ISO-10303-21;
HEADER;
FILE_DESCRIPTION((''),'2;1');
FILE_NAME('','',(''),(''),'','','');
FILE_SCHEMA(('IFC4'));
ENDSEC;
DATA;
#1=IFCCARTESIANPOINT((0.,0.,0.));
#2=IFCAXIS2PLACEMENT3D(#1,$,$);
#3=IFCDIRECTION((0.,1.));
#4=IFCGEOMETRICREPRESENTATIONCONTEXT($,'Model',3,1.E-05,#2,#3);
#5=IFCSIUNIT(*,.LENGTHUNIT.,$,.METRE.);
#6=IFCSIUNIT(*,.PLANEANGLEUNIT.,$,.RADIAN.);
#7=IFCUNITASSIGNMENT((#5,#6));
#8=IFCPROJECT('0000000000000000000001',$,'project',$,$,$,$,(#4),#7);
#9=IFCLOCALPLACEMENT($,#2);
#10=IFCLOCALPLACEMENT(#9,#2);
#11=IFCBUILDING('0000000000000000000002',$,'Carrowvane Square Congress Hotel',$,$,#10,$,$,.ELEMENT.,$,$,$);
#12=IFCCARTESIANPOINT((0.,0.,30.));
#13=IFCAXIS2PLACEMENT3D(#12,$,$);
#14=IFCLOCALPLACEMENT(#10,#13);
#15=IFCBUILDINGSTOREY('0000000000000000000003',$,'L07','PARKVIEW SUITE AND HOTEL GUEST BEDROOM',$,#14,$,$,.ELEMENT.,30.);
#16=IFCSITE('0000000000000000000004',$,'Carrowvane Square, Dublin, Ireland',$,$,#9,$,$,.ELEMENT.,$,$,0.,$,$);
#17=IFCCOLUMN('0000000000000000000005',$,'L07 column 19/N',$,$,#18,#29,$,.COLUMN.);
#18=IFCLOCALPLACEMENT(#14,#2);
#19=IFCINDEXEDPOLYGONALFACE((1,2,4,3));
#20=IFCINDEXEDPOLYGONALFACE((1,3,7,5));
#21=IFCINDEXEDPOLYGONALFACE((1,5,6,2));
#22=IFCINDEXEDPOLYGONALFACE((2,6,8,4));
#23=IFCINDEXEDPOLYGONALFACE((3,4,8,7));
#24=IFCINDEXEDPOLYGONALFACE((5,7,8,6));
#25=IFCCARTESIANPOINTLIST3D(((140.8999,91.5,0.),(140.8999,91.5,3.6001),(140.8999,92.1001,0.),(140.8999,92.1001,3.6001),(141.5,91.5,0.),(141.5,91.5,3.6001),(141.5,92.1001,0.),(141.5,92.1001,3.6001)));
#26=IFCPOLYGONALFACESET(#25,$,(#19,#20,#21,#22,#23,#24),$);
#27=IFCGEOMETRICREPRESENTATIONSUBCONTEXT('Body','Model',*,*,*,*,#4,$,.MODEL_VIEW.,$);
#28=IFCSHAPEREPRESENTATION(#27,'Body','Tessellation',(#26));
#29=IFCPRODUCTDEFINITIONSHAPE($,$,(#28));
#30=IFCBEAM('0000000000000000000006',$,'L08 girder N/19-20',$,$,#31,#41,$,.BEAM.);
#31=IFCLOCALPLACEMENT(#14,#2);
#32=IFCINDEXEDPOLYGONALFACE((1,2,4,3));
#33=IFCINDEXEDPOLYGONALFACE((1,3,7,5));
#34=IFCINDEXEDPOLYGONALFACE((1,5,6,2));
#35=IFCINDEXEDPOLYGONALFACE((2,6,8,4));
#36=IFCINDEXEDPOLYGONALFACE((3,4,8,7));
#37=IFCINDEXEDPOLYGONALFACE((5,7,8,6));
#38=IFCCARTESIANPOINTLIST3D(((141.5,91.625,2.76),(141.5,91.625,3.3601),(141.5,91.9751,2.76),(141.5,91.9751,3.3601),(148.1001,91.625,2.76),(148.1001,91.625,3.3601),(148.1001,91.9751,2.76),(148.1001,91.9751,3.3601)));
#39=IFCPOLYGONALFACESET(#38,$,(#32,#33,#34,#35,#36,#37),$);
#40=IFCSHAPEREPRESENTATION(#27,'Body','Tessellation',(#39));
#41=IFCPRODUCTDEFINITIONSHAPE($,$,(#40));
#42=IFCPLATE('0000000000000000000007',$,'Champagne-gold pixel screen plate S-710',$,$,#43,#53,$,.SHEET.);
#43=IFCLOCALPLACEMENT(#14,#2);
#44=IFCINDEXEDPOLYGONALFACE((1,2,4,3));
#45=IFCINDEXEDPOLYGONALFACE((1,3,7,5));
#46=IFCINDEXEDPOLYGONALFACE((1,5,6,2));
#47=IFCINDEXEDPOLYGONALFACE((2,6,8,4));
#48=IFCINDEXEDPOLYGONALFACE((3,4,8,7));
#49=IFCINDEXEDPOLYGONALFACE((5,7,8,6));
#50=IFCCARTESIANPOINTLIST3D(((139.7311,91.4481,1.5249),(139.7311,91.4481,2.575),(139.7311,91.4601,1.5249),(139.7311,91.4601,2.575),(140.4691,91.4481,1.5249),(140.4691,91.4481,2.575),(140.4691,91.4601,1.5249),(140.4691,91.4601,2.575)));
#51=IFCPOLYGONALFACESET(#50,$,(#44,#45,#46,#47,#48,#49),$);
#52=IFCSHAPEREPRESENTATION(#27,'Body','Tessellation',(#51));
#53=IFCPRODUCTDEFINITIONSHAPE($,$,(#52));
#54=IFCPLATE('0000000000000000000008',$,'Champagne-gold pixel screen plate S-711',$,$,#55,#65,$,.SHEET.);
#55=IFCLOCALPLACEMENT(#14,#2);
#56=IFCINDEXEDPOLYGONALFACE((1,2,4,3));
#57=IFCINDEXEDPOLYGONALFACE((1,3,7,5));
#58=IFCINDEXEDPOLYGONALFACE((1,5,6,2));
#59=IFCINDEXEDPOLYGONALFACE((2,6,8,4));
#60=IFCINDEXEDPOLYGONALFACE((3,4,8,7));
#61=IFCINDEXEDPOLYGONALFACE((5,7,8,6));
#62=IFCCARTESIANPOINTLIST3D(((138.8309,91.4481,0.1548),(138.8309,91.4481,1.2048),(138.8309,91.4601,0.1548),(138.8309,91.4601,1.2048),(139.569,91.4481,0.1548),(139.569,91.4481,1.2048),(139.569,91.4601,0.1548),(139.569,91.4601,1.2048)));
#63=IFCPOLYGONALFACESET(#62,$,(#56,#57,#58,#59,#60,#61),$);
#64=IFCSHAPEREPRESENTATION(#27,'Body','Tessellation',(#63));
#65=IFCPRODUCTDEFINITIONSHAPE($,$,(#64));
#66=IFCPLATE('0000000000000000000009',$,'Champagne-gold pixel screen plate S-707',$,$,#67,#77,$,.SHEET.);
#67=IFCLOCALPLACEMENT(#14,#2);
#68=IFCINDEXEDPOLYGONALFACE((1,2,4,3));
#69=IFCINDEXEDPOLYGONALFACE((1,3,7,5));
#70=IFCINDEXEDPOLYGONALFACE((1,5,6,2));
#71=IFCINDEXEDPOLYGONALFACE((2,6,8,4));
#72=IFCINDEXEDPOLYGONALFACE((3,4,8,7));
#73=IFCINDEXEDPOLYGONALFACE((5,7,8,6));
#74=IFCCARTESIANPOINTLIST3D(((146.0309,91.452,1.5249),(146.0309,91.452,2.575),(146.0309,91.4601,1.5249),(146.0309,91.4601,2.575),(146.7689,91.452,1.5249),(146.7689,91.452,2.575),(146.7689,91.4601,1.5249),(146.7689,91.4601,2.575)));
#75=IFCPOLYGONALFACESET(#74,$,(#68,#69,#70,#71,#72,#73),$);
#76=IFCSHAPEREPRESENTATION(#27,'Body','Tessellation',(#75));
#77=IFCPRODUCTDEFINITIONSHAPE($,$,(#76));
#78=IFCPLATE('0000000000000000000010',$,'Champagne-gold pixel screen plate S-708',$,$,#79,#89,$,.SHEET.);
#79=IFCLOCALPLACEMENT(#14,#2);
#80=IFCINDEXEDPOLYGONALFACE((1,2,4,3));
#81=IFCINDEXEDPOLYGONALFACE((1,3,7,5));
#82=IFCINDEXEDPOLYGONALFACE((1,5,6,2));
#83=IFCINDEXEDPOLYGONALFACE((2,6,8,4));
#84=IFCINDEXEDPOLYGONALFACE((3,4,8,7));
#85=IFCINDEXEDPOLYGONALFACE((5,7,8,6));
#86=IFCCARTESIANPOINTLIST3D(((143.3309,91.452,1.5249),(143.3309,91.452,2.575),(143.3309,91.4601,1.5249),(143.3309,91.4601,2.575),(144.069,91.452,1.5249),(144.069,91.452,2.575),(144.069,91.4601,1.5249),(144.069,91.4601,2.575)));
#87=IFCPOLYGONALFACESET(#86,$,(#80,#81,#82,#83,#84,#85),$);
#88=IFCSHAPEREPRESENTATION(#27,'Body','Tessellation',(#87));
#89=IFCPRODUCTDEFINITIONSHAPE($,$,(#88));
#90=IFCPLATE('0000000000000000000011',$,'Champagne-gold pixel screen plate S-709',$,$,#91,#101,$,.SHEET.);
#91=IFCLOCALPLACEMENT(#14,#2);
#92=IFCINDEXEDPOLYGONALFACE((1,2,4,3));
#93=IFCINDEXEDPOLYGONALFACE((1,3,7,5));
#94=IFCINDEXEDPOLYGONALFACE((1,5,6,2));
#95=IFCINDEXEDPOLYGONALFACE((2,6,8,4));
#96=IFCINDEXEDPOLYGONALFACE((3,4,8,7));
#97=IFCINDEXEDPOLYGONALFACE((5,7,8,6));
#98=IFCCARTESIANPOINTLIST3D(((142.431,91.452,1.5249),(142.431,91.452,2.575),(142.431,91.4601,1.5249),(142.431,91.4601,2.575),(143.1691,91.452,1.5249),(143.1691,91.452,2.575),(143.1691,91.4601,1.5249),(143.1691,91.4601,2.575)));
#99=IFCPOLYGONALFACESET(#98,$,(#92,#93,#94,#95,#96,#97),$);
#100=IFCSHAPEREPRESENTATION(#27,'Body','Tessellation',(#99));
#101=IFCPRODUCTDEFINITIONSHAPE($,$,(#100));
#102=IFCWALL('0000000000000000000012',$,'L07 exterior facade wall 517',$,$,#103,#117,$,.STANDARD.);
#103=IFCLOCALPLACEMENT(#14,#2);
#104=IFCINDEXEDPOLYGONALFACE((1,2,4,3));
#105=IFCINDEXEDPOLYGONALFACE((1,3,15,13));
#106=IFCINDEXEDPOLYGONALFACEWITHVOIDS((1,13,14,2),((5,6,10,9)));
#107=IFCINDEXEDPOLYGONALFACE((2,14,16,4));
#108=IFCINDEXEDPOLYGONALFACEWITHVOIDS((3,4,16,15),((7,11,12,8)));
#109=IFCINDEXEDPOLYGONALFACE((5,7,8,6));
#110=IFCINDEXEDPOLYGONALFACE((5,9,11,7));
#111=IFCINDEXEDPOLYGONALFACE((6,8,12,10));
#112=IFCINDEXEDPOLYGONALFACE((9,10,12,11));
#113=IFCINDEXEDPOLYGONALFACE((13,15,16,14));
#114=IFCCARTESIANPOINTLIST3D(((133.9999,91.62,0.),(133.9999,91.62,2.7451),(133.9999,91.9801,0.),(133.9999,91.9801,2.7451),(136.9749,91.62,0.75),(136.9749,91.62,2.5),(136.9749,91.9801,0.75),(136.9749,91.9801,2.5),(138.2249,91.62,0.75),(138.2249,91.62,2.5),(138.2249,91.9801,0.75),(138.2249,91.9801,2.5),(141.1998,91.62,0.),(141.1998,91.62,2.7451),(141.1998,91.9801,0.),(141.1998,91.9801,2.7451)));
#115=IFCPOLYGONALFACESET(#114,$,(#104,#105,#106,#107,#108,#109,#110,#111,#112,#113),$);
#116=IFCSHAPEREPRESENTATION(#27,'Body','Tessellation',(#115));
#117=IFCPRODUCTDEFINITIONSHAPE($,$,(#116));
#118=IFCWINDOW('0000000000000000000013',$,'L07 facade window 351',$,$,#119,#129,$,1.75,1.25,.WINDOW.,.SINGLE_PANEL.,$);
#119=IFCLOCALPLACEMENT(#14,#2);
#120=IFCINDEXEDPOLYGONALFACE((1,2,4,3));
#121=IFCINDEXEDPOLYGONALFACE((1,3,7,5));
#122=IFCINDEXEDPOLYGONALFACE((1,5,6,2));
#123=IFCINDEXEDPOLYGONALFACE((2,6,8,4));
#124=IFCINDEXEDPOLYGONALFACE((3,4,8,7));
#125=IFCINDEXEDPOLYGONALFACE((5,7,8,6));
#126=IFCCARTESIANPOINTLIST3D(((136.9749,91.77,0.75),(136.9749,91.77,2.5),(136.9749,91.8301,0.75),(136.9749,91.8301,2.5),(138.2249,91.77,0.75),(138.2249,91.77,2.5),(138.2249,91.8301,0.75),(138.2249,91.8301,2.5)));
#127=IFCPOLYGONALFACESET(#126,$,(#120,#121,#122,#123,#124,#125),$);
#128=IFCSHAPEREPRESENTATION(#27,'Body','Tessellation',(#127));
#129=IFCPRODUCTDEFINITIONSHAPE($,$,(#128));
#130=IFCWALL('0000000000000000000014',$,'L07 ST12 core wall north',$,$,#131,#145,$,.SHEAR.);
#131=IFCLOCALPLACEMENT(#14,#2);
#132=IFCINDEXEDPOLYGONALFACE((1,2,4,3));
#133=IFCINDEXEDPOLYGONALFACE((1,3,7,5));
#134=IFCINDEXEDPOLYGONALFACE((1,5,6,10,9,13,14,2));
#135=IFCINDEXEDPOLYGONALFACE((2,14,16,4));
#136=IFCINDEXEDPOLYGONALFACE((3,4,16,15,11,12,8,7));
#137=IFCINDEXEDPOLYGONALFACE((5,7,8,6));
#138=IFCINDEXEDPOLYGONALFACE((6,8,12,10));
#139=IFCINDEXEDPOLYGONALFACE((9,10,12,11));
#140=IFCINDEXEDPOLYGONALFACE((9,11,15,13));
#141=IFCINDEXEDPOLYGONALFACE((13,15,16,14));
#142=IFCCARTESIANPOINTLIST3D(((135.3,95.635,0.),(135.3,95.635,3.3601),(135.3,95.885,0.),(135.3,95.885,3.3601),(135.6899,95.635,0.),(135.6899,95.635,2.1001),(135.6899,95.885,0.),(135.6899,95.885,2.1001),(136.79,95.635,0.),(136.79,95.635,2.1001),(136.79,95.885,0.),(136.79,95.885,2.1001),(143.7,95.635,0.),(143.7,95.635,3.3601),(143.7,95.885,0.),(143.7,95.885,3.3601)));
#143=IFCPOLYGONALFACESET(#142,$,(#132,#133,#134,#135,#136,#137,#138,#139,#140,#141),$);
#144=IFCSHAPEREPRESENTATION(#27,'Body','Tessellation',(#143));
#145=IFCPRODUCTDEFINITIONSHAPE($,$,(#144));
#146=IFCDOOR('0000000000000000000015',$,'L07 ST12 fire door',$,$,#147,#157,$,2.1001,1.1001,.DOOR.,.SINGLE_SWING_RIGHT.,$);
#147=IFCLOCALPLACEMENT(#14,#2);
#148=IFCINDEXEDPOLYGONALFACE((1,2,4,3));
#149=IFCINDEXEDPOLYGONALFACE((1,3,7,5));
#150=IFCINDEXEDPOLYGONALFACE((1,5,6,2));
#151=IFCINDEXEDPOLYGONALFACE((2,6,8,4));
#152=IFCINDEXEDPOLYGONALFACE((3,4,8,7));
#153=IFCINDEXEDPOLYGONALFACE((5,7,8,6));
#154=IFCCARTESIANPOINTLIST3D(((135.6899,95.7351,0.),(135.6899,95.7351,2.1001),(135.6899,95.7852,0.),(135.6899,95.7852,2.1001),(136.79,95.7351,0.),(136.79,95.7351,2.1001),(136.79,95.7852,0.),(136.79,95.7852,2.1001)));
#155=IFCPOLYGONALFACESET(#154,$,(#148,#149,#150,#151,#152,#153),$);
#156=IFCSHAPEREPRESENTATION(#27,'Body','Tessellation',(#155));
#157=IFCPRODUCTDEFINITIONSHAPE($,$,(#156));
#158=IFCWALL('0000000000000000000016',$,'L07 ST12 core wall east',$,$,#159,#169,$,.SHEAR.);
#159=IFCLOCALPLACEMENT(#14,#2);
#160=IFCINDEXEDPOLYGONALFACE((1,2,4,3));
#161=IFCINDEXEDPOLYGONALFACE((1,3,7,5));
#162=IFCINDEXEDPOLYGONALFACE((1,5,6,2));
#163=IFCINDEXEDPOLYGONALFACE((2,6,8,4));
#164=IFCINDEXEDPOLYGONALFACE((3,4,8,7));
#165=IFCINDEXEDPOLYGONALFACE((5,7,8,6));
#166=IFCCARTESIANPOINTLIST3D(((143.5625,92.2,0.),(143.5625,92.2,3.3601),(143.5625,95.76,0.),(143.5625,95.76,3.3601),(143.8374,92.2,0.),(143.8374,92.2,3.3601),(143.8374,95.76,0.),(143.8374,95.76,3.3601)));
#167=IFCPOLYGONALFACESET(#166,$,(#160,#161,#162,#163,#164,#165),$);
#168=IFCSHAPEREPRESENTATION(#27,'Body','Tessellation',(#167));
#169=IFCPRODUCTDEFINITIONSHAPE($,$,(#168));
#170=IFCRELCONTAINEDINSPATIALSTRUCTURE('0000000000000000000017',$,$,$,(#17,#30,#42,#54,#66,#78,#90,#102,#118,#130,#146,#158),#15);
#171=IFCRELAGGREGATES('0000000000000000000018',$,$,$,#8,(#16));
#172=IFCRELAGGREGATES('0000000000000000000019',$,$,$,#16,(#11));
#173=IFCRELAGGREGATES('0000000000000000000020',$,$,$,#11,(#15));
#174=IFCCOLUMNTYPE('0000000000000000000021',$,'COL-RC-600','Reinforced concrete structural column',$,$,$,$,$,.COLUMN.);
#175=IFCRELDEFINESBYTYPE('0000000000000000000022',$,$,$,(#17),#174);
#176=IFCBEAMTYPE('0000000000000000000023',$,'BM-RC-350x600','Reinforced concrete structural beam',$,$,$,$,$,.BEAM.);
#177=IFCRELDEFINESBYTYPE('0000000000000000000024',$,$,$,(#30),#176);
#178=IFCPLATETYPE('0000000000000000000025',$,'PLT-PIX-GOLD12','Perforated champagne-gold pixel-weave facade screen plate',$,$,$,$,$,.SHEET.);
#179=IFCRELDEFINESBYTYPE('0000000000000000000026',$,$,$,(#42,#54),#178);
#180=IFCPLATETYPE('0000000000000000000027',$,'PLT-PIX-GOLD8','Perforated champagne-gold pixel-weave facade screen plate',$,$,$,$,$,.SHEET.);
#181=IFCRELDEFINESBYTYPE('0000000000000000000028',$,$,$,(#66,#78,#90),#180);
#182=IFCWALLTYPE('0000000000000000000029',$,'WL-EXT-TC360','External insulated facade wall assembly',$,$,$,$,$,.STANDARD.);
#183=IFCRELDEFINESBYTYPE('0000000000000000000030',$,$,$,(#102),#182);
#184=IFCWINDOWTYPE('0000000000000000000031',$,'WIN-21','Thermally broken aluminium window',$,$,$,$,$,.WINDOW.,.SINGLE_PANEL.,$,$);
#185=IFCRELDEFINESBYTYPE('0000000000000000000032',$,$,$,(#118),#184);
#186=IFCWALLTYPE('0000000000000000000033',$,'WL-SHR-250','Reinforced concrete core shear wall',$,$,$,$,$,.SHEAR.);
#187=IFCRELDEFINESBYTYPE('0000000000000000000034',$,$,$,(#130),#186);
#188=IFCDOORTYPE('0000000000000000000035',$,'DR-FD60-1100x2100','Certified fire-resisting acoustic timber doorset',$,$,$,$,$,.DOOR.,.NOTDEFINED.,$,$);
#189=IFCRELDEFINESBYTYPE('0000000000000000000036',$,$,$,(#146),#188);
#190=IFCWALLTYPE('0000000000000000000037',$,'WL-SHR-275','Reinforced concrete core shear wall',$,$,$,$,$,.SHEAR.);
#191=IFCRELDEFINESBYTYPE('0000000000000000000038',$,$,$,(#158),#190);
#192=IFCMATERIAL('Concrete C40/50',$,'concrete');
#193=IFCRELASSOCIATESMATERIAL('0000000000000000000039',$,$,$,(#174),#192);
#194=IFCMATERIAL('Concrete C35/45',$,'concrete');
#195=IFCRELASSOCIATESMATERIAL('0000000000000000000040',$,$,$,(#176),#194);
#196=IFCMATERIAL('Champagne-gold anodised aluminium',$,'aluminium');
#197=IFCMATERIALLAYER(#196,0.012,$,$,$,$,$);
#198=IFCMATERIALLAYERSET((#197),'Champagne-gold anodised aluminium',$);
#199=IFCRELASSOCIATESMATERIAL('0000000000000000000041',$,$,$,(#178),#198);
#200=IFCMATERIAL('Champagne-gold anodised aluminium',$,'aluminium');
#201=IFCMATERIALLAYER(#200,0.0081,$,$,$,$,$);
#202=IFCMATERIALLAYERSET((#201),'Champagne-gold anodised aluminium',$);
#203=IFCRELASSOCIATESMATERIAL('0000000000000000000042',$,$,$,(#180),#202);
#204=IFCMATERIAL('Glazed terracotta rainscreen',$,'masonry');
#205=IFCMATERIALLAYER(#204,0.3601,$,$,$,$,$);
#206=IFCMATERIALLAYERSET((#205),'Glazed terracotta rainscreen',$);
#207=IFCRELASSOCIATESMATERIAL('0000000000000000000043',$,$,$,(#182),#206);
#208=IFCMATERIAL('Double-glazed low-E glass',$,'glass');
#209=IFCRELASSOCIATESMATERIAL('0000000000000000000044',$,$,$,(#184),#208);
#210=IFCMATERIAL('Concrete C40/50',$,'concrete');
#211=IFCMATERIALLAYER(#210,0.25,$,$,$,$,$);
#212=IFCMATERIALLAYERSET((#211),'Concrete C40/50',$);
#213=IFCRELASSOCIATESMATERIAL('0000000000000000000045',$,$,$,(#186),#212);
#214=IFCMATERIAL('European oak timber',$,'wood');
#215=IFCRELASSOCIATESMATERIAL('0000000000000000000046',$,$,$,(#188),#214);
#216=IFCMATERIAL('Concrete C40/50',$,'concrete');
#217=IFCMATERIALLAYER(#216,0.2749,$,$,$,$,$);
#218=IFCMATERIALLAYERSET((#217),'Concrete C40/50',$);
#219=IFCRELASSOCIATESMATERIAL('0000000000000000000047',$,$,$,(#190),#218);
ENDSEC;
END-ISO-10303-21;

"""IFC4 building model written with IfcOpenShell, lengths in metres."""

from ifc_helpers import new_model, si_unit, direction, frame, frame_2d, origin, origin_2d, place, context, subcontext, project, spatial, rectangle, extrude, material, layer, layer_set, material_profile, profile_set, type_object, element, fill, save


model = new_model("IFC4")

# Units and contexts
model_context = context("Model", 3, precision=1e-05, world=origin(), true_north=direction((0.0, 1.0)))
body_context = subcontext(model_context, "Body", "Model", "MODEL_VIEW")
ifc_project = project(units=[si_unit("LENGTHUNIT", "METRE"), si_unit("PLANEANGLEUNIT", "RADIAN")], contexts=[model_context])

# Site, building, storey
site_placement = place(None, origin())
site = spatial("IfcSite", under=ifc_project, at=site_placement, Name="Carrowvane Square, Dublin, Ireland", CompositionType="ELEMENT", RefElevation=0.0)
building_placement = place(site_placement, origin())
building = spatial("IfcBuilding", under=site, at=building_placement, Name="Carrowvane Square Congress Hotel", CompositionType="ELEMENT")
storey_placement = place(building_placement, frame((0.0, 0.0, 30.0)))
storey = spatial("IfcBuildingStorey", under=building, at=storey_placement, Name="L07", Description="PARKVIEW SUITE AND HOTEL GUEST BEDROOM", CompositionType="ELEMENT", Elevation=30.0)

# Column
ifc_material_1 = material(Name="Concrete C40/50", Category="concrete")
ifc_material_profile_1 = material_profile(ifc_material_1, rectangle(XDim=0.6001, YDim=0.6001, at=origin_2d()), Name="RC 600x600")
ifc_profile_set_1 = profile_set([ifc_material_profile_1], Name="Concrete C40/50")
column_type = type_object("IfcColumnType", Name="COL-RC-600", Description="Reinforced concrete structural column", PredefinedType="COLUMN", material=ifc_profile_set_1)
column_placement = place(storey_placement, frame((141.2, 91.8, 0.0), z_axis=(0.0, 0.0, 1.0), x_axis=(1.0, 0.0, 0.0)))
element("IfcColumn", 1, at=column_placement, inside=storey, type_object=column_type, Name="L07 column 19/N", PredefinedType="COLUMN", context=body_context, shape_type="SweptSolid", body=[
    extrude(rectangle(XDim=0.6001, YDim=0.6001, at=origin_2d()), origin(), (0.0, 0.0, 1.0), 3.6001),
])

# Beam
ifc_material_2 = material(Name="Concrete C35/45", Category="concrete")
ifc_material_profile_2 = material_profile(ifc_material_2, rectangle(XDim=0.3501, YDim=0.6001, at=origin_2d()), Name="RC 350x600")
ifc_profile_set_2 = profile_set([ifc_material_profile_2], Name="Concrete C35/45")
beam_type = type_object("IfcBeamType", Name="BM-RC-350x600", Description="Reinforced concrete structural beam", PredefinedType="BEAM", material=ifc_profile_set_2)
beam_placement = place(storey_placement, frame((141.5, 91.8, 3.0601), z_axis=(1.0, 0.0, 0.0), x_axis=(0.0, 1.0, 0.0)))
element("IfcBeam", 2, at=beam_placement, inside=storey, type_object=beam_type, Name="L08 girder N/19-20", PredefinedType="BEAM", context=body_context, shape_type="SweptSolid", body=[
    extrude(rectangle(XDim=0.3501, YDim=0.6001, at=origin_2d()), origin(), (0.0, 0.0, 1.0), 6.6001),
])

# Plates
ifc_material_3 = material(Name="Champagne-gold anodised aluminium", Category="aluminium")
ifc_layer_1 = layer(ifc_material_3, 0.012)
ifc_layer_set_1 = layer_set([ifc_layer_1], Name="Champagne-gold anodised aluminium")
plate_type_1 = type_object("IfcPlateType", Name="PLT-PIX-GOLD12", Description="Perforated champagne-gold pixel-weave facade screen plate", PredefinedType="SHEET", material=ifc_layer_set_1)
for number, where, z_axis, x_axis, name in (
    (3, (140.1001, 91.4541, 1.5249), (0.0, 0.0, 1.0), (-1.0, 0.0, 0.0), "Champagne-gold pixel screen plate S-710"),
    (4, (139.2, 91.4541, 0.1548), (0.0, 0.0, 1.0), (-1.0, 0.0, 0.0), "Champagne-gold pixel screen plate S-711"),
):
    element("IfcPlate", number, at=place(storey_placement, frame(where, z_axis=z_axis, x_axis=x_axis)), inside=storey, type_object=plate_type_1, Name=name, PredefinedType="SHEET", context=body_context, shape_type="SweptSolid", body=[
        extrude(rectangle(XDim=0.738, YDim=0.012, at=origin_2d()), origin(), (0.0, 0.0, 1.0), 1.05),
    ])
ifc_material_4 = material(Name="Champagne-gold anodised aluminium", Category="aluminium")
ifc_layer_2 = layer(ifc_material_4, 0.0081)
ifc_layer_set_2 = layer_set([ifc_layer_2], Name="Champagne-gold anodised aluminium")
plate_type_2 = type_object("IfcPlateType", Name="PLT-PIX-GOLD8", Description="Perforated champagne-gold pixel-weave facade screen plate", PredefinedType="SHEET", material=ifc_layer_set_2)
for number, where, z_axis, x_axis, name in (
    (5, (146.3999, 91.4561, 1.5249), (0.0, 0.0, 1.0), (-1.0, 0.0, 0.0), "Champagne-gold pixel screen plate S-707"),
    (6, (143.7, 91.4561, 1.5249), (0.0, 0.0, 1.0), (-1.0, 0.0, 0.0), "Champagne-gold pixel screen plate S-708"),
    (7, (142.8, 91.4561, 1.5249), (0.0, 0.0, 1.0), (-1.0, 0.0, 0.0), "Champagne-gold pixel screen plate S-709"),
):
    element("IfcPlate", number, at=place(storey_placement, frame(where, z_axis=z_axis, x_axis=x_axis)), inside=storey, type_object=plate_type_2, Name=name, PredefinedType="SHEET", context=body_context, shape_type="SweptSolid", body=[
        extrude(rectangle(XDim=0.738, YDim=0.0081, at=origin_2d()), origin(), (0.0, 0.0, 1.0), 1.05),
    ])

# Wall, opening, window
ifc_material_5 = material(Name="Glazed terracotta rainscreen", Category="masonry")
ifc_layer_3 = layer(ifc_material_5, 0.3601)
ifc_layer_set_3 = layer_set([ifc_layer_3], Name="Glazed terracotta rainscreen")
wall_type_1 = type_object("IfcWallType", Name="WL-EXT-TC360", Description="External insulated facade wall assembly", PredefinedType="STANDARD", material=ifc_layer_set_3)
wall_1_placement = place(storey_placement, frame((141.2, 91.8, 0.0), z_axis=(0.0, 0.0, 1.0), x_axis=(-1.0, 0.0, 0.0)))
wall_1 = element("IfcWall", 8, at=wall_1_placement, inside=storey, type_object=wall_type_1, Name="L07 exterior facade wall 517", PredefinedType="STANDARD", context=body_context, shape_type="SweptSolid", body=[
    extrude(rectangle(XDim=7.2, YDim=0.3601, at=frame_2d((3.6001, 0.0))), origin(), (0.0, 0.0, 1.0), 2.7451),
])
opening_1_placement = place(wall_1_placement, frame((2.9751, 0.0, 0.75)))
opening_1 = element("IfcOpeningElement", 9, at=opening_1_placement, cuts=wall_1, PredefinedType="OPENING", context=body_context, shape_type="SweptSolid", body=[
    extrude(rectangle(XDim=1.25, YDim=1.75, at=frame_2d((0.625, 0.875))), frame((0.0, 0.1899, 0.0), z_axis=(0.0, -1.0, 0.0), x_axis=(1.0, 0.0, 0.0)), (0.0, 0.0, 1.0), 0.3801),
])
ifc_material_6 = material(Name="Double-glazed low-E glass", Category="glass")
window_type = type_object("IfcWindowType", Name="WIN-21", Description="Thermally broken aluminium window", PartitioningType="SINGLE_PANEL", PredefinedType="WINDOW", material=ifc_material_6)
window_placement = place(opening_1_placement, origin())
window = element("IfcWindow", 10, at=window_placement, inside=storey, type_object=window_type, Name="L07 facade window 351", OverallHeight=1.75, OverallWidth=1.25, PartitioningType="SINGLE_PANEL", PredefinedType="WINDOW", context=body_context, shape_type="SweptSolid", body=[
    extrude(rectangle(XDim=1.25, YDim=1.75, at=frame_2d((0.625, 0.875))), frame((0.0, 0.03, 0.0), z_axis=(0.0, -1.0, 0.0), x_axis=(1.0, 0.0, 0.0)), (0.0, 0.0, 1.0), 0.0601),
])
fill(opening_1, window)

# Wall, opening, door
ifc_material_7 = material(Name="Concrete C40/50", Category="concrete")
ifc_layer_4 = layer(ifc_material_7, 0.25)
ifc_layer_set_4 = layer_set([ifc_layer_4], Name="Concrete C40/50")
wall_type_2 = type_object("IfcWallType", Name="WL-SHR-250", Description="Reinforced concrete core shear wall", PredefinedType="SHEAR", material=ifc_layer_set_4)
wall_2_placement = place(storey_placement, frame((143.7, 95.76, 0.0), z_axis=(0.0, 0.0, 1.0), x_axis=(-1.0, 0.0, 0.0)))
wall_2 = element("IfcWall", 11, at=wall_2_placement, inside=storey, type_object=wall_type_2, Name="L07 ST12 core wall north", PredefinedType="SHEAR", context=body_context, shape_type="SweptSolid", body=[
    extrude(rectangle(XDim=8.3999, YDim=0.25, at=frame_2d((4.2, 0.0))), origin(), (0.0, 0.0, 1.0), 3.3601),
])
opening_2_placement = place(wall_2_placement, frame((6.9099, 0.0, 0.0)))
opening_2 = element("IfcOpeningElement", 12, at=opening_2_placement, cuts=wall_2, PredefinedType="OPENING", context=body_context, shape_type="SweptSolid", body=[
    extrude(rectangle(XDim=1.1001, YDim=2.1001, at=frame_2d((0.55, 1.05))), frame((0.0, 0.135, 0.0), z_axis=(0.0, -1.0, 0.0), x_axis=(1.0, 0.0, 0.0)), (0.0, 0.0, 1.0), 0.27),
])
ifc_material_8 = material(Name="European oak timber", Category="wood")
door_type = type_object("IfcDoorType", Name="DR-FD60-1100x2100", Description="Certified fire-resisting acoustic timber doorset", OperationType="NOTDEFINED", PredefinedType="DOOR", material=ifc_material_8)
door_placement = place(opening_2_placement, origin())
door = element("IfcDoor", 13, at=door_placement, inside=storey, type_object=door_type, Name="L07 ST12 fire door", OperationType="SINGLE_SWING_RIGHT", OverallHeight=2.1001, OverallWidth=1.1001, PredefinedType="DOOR", context=body_context, shape_type="SweptSolid", body=[
    extrude(rectangle(XDim=1.1001, YDim=2.1001, at=frame_2d((0.55, 1.05))), frame((0.0, 0.0249, 0.0), z_axis=(0.0, -1.0, 0.0), x_axis=(1.0, 0.0, 0.0)), (0.0, 0.0, 1.0), 0.05),
])
fill(opening_2, door)

# Wall
ifc_material_9 = material(Name="Concrete C40/50", Category="concrete")
ifc_layer_5 = layer(ifc_material_9, 0.2749)
ifc_layer_set_5 = layer_set([ifc_layer_5], Name="Concrete C40/50")
wall_type_3 = type_object("IfcWallType", Name="WL-SHR-275", Description="Reinforced concrete core shear wall", PredefinedType="SHEAR", material=ifc_layer_set_5)
wall_3_placement = place(storey_placement, frame((143.7, 92.2, 0.0), z_axis=(0.0, 0.0, 1.0), x_axis=(0.0, 1.0, 0.0)))
element("IfcWall", 14, at=wall_3_placement, inside=storey, type_object=wall_type_3, Name="L07 ST12 core wall east", PredefinedType="SHEAR", context=body_context, shape_type="SweptSolid", body=[
    extrude(rectangle(XDim=3.5601, YDim=0.2749, at=frame_2d((1.78, 0.0))), origin(), (0.0, 0.0, 1.0), 3.3601),
])

save(model, "model.ifc")
